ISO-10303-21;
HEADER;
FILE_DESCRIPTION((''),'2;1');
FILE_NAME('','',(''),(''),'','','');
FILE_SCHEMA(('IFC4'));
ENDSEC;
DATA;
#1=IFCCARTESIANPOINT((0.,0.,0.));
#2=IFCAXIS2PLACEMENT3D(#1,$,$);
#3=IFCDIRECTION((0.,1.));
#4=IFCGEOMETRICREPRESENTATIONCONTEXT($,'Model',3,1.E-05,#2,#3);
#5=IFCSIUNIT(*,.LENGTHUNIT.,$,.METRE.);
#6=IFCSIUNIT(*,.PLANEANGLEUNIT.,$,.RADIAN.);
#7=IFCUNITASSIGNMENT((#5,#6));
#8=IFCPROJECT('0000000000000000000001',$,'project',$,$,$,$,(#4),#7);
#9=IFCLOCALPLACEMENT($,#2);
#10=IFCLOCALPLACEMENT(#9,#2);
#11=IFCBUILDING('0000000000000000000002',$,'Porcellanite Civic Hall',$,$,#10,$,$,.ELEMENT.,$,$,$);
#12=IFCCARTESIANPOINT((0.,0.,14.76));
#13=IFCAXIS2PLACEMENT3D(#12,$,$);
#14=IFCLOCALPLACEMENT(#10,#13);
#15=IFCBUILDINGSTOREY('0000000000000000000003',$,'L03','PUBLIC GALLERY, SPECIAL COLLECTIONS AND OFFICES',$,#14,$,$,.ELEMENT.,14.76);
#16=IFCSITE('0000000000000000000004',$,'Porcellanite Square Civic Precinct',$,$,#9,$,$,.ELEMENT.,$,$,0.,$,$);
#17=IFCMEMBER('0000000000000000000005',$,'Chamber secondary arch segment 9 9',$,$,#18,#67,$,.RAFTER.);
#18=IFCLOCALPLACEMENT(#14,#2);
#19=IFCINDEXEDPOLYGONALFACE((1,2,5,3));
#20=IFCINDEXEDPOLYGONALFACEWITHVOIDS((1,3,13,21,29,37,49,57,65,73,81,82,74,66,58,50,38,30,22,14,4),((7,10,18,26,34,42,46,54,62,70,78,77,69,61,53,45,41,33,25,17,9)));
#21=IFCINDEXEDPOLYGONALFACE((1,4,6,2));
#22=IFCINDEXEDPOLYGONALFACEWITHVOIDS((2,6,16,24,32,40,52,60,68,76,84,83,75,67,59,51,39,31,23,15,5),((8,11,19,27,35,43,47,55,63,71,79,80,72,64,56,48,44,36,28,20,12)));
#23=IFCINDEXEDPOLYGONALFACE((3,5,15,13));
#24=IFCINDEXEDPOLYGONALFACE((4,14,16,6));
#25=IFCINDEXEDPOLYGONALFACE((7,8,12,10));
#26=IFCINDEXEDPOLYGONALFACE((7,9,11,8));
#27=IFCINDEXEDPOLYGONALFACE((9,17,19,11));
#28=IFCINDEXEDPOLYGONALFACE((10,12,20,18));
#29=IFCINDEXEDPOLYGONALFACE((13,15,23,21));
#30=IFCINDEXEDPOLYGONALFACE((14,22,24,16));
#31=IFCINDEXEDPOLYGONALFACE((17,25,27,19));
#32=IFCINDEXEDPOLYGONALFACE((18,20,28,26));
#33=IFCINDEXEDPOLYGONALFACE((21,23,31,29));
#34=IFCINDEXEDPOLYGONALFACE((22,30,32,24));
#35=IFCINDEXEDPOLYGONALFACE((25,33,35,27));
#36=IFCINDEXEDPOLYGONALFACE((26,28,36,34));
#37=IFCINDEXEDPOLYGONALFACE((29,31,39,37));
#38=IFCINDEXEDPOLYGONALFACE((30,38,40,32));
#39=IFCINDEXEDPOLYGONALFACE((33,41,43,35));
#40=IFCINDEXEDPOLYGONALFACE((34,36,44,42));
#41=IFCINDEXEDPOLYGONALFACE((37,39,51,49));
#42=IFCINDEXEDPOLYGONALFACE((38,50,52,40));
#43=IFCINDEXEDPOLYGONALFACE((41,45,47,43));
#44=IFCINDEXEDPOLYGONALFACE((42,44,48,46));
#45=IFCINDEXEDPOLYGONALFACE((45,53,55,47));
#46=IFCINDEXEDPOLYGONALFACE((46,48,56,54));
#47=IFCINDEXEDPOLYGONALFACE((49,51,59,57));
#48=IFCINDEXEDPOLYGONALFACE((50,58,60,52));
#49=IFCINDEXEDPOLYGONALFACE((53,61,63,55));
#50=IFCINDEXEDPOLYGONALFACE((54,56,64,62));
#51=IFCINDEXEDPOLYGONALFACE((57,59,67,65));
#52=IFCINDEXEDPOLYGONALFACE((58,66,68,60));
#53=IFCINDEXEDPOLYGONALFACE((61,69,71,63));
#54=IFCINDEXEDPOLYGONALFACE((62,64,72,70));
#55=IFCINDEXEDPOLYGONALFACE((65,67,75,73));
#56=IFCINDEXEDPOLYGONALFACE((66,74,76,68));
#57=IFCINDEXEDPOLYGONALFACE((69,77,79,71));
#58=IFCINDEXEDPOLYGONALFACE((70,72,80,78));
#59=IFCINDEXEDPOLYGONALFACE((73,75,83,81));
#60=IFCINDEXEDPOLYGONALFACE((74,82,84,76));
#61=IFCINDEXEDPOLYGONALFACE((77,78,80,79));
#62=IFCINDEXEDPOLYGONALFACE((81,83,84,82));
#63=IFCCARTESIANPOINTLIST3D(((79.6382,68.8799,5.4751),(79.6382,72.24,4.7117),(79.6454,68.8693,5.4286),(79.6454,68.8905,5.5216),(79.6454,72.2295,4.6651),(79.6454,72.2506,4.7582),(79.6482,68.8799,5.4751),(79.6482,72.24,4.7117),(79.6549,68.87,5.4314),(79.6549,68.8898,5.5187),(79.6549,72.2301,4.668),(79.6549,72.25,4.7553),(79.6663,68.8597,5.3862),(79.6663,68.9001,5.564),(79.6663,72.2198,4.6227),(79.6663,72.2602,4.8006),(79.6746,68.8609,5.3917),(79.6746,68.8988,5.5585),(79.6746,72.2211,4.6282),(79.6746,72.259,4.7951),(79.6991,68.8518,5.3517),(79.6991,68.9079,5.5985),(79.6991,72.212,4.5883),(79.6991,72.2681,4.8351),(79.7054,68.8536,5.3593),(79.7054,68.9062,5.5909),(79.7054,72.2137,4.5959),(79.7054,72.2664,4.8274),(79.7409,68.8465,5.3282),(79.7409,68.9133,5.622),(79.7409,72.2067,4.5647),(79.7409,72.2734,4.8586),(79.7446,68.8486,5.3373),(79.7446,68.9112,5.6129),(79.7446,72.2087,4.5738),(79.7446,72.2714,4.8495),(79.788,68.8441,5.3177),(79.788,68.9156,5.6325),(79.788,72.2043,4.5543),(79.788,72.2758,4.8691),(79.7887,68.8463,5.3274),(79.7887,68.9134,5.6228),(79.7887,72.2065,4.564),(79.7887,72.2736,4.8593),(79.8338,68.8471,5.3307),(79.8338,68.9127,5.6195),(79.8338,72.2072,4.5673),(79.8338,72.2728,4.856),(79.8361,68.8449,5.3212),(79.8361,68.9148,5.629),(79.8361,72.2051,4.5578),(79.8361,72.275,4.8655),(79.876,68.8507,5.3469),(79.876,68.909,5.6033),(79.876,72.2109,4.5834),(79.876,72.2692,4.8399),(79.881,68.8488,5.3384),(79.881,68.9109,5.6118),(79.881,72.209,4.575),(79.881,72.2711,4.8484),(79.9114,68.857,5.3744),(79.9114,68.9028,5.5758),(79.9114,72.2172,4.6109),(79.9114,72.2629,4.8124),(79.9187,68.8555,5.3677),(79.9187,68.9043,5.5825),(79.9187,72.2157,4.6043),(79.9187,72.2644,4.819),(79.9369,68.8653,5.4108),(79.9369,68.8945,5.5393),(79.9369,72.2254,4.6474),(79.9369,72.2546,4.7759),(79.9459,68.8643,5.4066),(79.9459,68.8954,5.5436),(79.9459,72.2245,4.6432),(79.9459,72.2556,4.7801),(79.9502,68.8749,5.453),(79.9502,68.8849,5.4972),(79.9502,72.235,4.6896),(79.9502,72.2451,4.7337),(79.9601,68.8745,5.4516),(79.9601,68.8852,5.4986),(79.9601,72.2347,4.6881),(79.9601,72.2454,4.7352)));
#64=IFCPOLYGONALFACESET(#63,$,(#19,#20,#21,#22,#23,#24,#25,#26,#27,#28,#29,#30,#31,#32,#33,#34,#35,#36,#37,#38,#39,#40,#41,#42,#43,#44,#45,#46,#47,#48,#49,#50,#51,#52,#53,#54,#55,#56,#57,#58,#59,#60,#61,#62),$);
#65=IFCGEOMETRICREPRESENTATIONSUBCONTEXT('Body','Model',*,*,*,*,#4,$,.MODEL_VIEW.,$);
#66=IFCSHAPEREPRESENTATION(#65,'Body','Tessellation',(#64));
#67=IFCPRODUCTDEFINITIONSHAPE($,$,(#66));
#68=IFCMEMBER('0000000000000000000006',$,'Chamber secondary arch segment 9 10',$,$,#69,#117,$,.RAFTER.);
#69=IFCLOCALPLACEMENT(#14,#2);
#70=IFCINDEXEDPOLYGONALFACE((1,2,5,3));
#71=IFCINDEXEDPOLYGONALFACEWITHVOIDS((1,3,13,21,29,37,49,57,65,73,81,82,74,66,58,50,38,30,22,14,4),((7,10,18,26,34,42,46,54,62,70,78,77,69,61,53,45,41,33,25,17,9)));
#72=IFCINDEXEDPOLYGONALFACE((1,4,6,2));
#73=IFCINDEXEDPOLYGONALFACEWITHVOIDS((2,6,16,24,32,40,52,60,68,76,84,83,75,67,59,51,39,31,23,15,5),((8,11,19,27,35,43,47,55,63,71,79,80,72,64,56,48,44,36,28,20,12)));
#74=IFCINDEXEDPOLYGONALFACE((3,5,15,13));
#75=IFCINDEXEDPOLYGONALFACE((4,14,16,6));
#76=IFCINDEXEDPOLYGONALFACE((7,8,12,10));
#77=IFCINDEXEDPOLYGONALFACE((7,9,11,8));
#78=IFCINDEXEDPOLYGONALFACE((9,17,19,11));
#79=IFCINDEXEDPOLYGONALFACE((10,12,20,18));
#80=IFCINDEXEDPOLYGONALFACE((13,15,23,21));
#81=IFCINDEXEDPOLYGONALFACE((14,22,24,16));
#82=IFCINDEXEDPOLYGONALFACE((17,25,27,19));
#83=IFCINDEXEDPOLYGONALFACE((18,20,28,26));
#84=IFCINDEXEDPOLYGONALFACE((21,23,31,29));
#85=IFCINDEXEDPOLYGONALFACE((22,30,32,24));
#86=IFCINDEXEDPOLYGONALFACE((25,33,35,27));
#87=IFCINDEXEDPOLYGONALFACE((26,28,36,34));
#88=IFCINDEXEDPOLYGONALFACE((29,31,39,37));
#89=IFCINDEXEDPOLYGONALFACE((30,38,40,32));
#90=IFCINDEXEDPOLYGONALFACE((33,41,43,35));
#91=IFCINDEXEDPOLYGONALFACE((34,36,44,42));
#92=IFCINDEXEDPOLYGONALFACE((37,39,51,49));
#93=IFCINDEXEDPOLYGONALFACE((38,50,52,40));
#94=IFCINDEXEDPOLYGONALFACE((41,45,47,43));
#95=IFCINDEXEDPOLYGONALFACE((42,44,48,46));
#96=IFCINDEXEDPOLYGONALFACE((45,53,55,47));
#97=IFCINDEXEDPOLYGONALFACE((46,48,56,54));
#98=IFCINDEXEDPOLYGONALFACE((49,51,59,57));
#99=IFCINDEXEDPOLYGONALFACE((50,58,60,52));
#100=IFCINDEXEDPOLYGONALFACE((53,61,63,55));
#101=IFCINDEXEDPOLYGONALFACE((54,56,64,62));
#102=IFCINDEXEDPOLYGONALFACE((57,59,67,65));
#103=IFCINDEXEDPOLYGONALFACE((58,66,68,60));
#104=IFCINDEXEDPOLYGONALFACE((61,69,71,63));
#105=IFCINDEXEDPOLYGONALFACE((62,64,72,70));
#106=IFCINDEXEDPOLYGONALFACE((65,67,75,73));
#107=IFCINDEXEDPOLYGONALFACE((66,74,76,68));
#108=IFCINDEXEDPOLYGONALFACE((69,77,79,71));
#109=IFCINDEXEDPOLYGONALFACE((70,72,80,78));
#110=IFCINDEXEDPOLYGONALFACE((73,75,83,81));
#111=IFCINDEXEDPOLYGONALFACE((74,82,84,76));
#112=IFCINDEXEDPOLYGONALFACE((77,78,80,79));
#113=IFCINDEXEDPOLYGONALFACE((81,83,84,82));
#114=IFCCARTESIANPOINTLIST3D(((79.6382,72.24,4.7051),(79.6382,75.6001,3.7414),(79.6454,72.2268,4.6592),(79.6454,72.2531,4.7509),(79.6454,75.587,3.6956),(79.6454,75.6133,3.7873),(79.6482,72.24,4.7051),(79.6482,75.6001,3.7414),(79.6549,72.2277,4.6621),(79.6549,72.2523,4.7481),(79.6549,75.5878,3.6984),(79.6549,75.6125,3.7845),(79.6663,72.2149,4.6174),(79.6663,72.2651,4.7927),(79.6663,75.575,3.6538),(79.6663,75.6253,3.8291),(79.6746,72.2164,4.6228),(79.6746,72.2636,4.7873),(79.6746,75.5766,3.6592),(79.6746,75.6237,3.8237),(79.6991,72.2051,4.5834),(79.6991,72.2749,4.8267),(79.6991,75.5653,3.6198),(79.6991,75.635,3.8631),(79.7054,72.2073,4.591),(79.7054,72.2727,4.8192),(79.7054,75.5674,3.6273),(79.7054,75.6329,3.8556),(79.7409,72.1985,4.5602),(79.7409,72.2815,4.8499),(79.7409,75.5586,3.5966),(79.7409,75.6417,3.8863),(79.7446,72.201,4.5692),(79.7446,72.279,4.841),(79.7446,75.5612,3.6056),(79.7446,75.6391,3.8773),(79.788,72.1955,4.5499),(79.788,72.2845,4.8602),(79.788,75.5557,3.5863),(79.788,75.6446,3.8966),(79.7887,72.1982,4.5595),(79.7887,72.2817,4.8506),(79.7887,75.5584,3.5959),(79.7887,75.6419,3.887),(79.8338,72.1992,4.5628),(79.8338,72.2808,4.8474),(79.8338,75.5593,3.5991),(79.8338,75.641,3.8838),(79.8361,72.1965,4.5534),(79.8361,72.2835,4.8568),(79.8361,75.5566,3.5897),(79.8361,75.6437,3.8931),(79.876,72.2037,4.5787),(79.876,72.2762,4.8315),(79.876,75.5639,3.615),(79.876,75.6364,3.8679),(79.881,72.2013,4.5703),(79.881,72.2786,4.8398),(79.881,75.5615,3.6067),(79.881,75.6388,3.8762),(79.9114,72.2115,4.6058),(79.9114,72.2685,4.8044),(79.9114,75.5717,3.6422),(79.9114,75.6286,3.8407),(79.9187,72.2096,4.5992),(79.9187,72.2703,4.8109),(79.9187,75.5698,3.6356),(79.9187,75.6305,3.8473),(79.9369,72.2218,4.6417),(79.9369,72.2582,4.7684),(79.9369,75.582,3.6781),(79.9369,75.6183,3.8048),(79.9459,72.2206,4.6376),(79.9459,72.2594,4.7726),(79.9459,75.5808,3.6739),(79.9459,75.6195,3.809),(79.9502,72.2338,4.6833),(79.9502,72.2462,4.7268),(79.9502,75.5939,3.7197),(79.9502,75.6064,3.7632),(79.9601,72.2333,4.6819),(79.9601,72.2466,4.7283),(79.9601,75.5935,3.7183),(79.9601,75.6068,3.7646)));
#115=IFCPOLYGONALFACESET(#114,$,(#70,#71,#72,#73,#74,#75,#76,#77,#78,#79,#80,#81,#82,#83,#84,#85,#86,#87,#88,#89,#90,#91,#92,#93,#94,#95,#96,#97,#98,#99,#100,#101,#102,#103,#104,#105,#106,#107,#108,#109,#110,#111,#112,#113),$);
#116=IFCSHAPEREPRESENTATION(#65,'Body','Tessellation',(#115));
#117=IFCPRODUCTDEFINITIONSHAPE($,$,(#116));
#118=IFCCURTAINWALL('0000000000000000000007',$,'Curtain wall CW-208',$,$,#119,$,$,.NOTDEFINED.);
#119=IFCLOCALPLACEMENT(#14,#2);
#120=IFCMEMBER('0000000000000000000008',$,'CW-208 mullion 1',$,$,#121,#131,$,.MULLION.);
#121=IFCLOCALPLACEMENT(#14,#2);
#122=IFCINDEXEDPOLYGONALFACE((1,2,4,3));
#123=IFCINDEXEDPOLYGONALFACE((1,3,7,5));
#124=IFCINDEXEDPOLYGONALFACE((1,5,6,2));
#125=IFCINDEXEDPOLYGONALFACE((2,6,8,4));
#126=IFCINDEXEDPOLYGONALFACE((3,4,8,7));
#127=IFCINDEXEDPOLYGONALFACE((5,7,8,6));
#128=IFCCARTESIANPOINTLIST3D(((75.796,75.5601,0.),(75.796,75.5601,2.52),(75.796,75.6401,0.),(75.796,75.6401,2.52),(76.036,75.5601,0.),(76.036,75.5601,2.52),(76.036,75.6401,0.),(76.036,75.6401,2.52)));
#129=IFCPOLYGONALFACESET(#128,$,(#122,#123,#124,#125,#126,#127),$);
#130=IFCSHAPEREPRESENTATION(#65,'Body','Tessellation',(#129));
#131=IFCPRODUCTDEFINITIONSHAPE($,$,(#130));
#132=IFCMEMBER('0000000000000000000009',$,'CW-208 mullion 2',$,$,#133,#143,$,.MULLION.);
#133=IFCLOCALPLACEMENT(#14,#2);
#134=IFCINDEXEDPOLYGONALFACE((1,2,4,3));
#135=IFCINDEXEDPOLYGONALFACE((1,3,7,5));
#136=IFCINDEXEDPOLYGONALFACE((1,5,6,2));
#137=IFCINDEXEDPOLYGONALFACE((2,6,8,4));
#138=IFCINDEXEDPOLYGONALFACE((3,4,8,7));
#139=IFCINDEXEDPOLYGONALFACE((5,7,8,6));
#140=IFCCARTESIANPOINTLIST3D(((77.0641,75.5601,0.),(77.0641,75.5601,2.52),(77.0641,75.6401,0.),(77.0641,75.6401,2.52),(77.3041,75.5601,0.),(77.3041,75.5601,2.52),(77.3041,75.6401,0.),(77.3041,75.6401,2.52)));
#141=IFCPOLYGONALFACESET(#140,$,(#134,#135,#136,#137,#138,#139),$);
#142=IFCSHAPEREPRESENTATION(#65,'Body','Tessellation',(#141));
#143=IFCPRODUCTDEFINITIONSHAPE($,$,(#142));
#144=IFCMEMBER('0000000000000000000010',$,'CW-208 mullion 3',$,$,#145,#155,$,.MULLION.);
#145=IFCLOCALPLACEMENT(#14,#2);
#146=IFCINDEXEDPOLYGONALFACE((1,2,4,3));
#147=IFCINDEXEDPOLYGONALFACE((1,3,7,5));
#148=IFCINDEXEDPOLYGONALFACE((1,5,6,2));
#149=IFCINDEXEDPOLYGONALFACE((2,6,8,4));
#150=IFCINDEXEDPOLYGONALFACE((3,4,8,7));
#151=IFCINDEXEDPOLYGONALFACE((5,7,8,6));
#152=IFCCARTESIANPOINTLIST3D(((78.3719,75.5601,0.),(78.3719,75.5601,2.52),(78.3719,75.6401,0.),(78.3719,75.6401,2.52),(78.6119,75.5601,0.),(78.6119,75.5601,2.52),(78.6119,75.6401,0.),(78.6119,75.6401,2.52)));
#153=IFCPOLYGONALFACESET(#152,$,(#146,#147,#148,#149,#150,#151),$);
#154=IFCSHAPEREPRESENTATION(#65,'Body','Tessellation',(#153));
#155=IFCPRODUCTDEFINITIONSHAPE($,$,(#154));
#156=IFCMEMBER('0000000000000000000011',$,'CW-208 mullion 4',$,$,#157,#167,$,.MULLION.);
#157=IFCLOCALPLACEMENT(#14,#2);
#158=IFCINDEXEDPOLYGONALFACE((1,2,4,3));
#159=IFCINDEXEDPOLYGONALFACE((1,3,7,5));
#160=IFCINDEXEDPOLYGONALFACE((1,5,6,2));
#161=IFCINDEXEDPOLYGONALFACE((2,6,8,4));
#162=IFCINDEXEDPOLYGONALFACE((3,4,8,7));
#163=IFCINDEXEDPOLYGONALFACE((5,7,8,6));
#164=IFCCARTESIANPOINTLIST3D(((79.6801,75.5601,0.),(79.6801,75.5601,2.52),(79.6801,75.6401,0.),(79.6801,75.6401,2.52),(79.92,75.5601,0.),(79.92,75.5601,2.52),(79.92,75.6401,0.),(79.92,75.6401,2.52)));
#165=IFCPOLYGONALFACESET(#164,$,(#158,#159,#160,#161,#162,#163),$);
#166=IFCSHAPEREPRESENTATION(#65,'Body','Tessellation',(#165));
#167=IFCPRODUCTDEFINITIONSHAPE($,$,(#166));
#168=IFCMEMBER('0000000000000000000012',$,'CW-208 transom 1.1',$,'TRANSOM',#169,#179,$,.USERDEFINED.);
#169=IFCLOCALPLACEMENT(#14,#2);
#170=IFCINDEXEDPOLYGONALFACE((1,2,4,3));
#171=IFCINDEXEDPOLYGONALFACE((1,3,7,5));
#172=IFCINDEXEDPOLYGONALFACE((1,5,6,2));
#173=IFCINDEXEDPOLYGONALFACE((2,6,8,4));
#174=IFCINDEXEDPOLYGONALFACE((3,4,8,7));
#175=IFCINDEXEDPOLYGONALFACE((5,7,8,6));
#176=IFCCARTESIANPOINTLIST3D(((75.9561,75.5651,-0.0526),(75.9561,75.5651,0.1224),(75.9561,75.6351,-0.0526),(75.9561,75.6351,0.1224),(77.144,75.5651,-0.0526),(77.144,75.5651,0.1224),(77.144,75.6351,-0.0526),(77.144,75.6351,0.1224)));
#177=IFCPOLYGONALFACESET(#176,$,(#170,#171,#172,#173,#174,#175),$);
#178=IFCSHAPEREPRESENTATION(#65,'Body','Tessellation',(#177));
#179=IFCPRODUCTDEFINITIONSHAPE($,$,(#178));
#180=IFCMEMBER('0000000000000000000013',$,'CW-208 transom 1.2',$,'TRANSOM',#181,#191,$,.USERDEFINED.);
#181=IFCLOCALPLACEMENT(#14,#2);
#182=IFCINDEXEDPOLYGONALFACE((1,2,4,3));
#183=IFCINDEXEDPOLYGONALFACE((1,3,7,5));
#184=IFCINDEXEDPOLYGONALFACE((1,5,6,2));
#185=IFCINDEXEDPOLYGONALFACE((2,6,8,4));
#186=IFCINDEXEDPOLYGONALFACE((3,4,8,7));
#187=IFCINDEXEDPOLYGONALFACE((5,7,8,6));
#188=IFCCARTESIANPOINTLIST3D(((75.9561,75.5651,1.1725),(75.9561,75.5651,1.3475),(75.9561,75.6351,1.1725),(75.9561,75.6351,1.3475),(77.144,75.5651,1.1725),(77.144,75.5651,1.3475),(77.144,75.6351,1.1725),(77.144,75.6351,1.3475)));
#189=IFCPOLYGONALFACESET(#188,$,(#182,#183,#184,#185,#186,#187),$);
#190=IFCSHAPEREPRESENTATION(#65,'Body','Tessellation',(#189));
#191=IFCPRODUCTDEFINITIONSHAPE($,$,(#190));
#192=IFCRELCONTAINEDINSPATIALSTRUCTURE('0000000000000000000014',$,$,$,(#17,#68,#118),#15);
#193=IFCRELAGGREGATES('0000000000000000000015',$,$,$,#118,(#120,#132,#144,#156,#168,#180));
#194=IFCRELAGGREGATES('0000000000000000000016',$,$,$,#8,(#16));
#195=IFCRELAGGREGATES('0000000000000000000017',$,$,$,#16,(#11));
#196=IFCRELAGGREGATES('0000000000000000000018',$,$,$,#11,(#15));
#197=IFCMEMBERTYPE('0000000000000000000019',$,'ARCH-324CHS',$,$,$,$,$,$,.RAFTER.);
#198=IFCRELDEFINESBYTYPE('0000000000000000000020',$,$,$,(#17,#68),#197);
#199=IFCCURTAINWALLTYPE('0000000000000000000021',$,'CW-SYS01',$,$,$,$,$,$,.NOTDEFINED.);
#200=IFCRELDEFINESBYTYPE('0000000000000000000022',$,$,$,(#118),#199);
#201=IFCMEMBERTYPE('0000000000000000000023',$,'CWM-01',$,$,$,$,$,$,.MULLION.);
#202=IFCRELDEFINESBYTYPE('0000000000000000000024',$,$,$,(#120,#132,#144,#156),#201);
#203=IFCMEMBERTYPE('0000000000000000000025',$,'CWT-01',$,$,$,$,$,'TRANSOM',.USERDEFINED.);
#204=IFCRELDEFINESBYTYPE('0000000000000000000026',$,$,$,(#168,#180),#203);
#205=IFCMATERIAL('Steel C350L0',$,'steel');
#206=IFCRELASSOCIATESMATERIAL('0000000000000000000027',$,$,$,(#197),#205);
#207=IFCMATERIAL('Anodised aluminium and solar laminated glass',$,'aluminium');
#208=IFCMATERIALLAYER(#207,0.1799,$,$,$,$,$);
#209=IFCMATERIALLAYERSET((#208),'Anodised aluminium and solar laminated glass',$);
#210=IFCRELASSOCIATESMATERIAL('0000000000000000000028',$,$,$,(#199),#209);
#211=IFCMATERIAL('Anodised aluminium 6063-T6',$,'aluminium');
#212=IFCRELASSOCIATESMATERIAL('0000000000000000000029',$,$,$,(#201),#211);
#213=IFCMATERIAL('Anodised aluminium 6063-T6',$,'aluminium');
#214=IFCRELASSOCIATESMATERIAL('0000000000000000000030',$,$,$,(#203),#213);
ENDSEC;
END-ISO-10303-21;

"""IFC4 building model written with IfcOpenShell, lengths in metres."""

from ifc_helpers import new_model, si_unit, direction, frame, origin, origin_2d, place, context, subcontext, project, spatial, rectangle, hollow_circle, extrude, material, layer, layer_set, material_profile, profile_set, type_object, element, aggregate, save


model = new_model("IFC4")

# Units and contexts
model_context = context("Model", 3, precision=1e-05, world=origin(), true_north=direction((0.0, 1.0)))
body_context = subcontext(model_context, "Body", "Model", "MODEL_VIEW")
ifc_project = project(units=[si_unit("LENGTHUNIT", "METRE"), si_unit("PLANEANGLEUNIT", "RADIAN")], contexts=[model_context])

# Site, building, storey
site_placement = place(None, origin())
site = spatial("IfcSite", under=ifc_project, at=site_placement, Name="Porcellanite Square Civic Precinct", CompositionType="ELEMENT", RefElevation=0.0)
building_placement = place(site_placement, origin())
building = spatial("IfcBuilding", under=site, at=building_placement, Name="Porcellanite Civic Hall", CompositionType="ELEMENT")
storey_placement = place(building_placement, frame((0.0, 0.0, 14.76)))
storey = spatial("IfcBuildingStorey", under=building, at=storey_placement, Name="L03", Description="PUBLIC GALLERY, SPECIAL COLLECTIONS AND OFFICES", CompositionType="ELEMENT", Elevation=14.76)

# Members
ifc_material_1 = material(Name="Steel C350L0", Category="steel")
ifc_material_profile_1 = material_profile(ifc_material_1, hollow_circle(Radius=0.1619, WallThickness=0.01, at=origin_2d()), Name="323.9x10.0CHS")
ifc_profile_set_1 = profile_set([ifc_material_profile_1], Name="Steel C350L0")
member_type_1 = type_object("IfcMemberType", Name="ARCH-324CHS", PredefinedType="RAFTER", material=ifc_profile_set_1)
member_1_placement = place(storey_placement, frame((79.8, 68.8799, 5.4751), z_axis=(0.0, 0.975147, -0.221557), x_axis=(-1.0, 0.0, 0.0)))
element("IfcMember", 1, at=member_1_placement, inside=storey, type_object=member_type_1, Name="Chamber secondary arch segment 9 9", PredefinedType="RAFTER", context=body_context, shape_type="SweptSolid", body=[
    extrude(hollow_circle(Radius=0.1619, WallThickness=0.01, at=origin_2d()), origin(), (0.0, 0.0, 1.0), 3.4458),
])
member_2_placement = place(storey_placement, frame((79.8, 72.24, 4.7051), z_axis=(0.0, 0.961252, -0.275671), x_axis=(-1.0, 0.0, 0.0)))
element("IfcMember", 2, at=member_2_placement, inside=storey, type_object=member_type_1, Name="Chamber secondary arch segment 9 10", PredefinedType="RAFTER", context=body_context, shape_type="SweptSolid", body=[
    extrude(hollow_circle(Radius=0.1619, WallThickness=0.01, at=origin_2d()), origin(), (0.0, 0.0, 1.0), 3.4956),
])

# Curtain wall, members
ifc_material_2 = material(Name="Anodised aluminium and solar laminated glass", Category="aluminium")
ifc_layer_1 = layer(ifc_material_2, 0.1799)
ifc_layer_set_1 = layer_set([ifc_layer_1], Name="Anodised aluminium and solar laminated glass")
curtain_wall_type = type_object("IfcCurtainWallType", Name="CW-SYS01", PredefinedType="NOTDEFINED", material=ifc_layer_set_1)
curtain_wall_placement = place(storey_placement, origin())
curtain_wall = element("IfcCurtainWall", 3, at=curtain_wall_placement, inside=storey, type_object=curtain_wall_type, Name="Curtain wall CW-208", PredefinedType="NOTDEFINED")
ifc_material_3 = material(Name="Anodised aluminium 6063-T6", Category="aluminium")
ifc_material_profile_2 = material_profile(ifc_material_3, rectangle(XDim=0.0801, YDim=0.24, at=origin_2d()), Name="AL-80x240")
ifc_profile_set_2 = profile_set([ifc_material_profile_2], Name="Anodised aluminium 6063-T6")
member_type_2 = type_object("IfcMemberType", Name="CWM-01", PredefinedType="MULLION", material=ifc_profile_set_2)
member_3_placement = place(storey_placement, frame((75.916, 75.6001, 0.0), z_axis=(0.0, 0.0, 1.0), x_axis=(0.0, 1.0, 0.0)))
member_3 = element("IfcMember", 4, at=member_3_placement, type_object=member_type_2, Name="CW-208 mullion 1", PredefinedType="MULLION", context=body_context, shape_type="SweptSolid", body=[
    extrude(rectangle(XDim=0.0801, YDim=0.24, at=origin_2d()), origin(), (0.0, 0.0, 1.0), 2.52),
])
member_4_placement = place(storey_placement, frame((77.1841, 75.6001, 0.0), z_axis=(0.0, 0.0, 1.0), x_axis=(0.0, 1.0, 0.0)))
member_4 = element("IfcMember", 5, at=member_4_placement, type_object=member_type_2, Name="CW-208 mullion 2", PredefinedType="MULLION", context=body_context, shape_type="SweptSolid", body=[
    extrude(rectangle(XDim=0.0801, YDim=0.24, at=origin_2d()), origin(), (0.0, 0.0, 1.0), 2.52),
])
member_5_placement = place(storey_placement, frame((78.4919, 75.6001, 0.0), z_axis=(0.0, 0.0, 1.0), x_axis=(0.0, 1.0, 0.0)))
member_5 = element("IfcMember", 6, at=member_5_placement, type_object=member_type_2, Name="CW-208 mullion 3", PredefinedType="MULLION", context=body_context, shape_type="SweptSolid", body=[
    extrude(rectangle(XDim=0.0801, YDim=0.24, at=origin_2d()), origin(), (0.0, 0.0, 1.0), 2.52),
])
member_6_placement = place(storey_placement, frame((79.8, 75.6001, 0.0), z_axis=(0.0, 0.0, 1.0), x_axis=(0.0, 1.0, 0.0)))
member_6 = element("IfcMember", 7, at=member_6_placement, type_object=member_type_2, Name="CW-208 mullion 4", PredefinedType="MULLION", context=body_context, shape_type="SweptSolid", body=[
    extrude(rectangle(XDim=0.0801, YDim=0.24, at=origin_2d()), origin(), (0.0, 0.0, 1.0), 2.52),
])
ifc_material_4 = material(Name="Anodised aluminium 6063-T6", Category="aluminium")
ifc_material_profile_3 = material_profile(ifc_material_4, rectangle(XDim=0.0701, YDim=0.175, at=origin_2d()), Name="AL-70x175")
ifc_profile_set_3 = profile_set([ifc_material_profile_3], Name="Anodised aluminium 6063-T6")
member_type_3 = type_object("IfcMemberType", Name="CWT-01", ElementType="TRANSOM", PredefinedType="USERDEFINED", material=ifc_profile_set_3)
member_7_placement = place(storey_placement, frame((75.9561, 75.6001, 0.0349), z_axis=(1.0, 0.0, 0.0), x_axis=(0.0, 1.0, 0.0)))
member_7 = element("IfcMember", 8, at=member_7_placement, type_object=member_type_3, Name="CW-208 transom 1.1", ObjectType="TRANSOM", PredefinedType="USERDEFINED", context=body_context, shape_type="SweptSolid", body=[
    extrude(rectangle(XDim=0.0701, YDim=0.175, at=origin_2d()), origin(), (0.0, 0.0, 1.0), 1.188),
])
member_8_placement = place(storey_placement, frame((75.9561, 75.6001, 1.26), z_axis=(1.0, 0.0, 0.0), x_axis=(0.0, 1.0, 0.0)))
member_8 = element("IfcMember", 9, at=member_8_placement, type_object=member_type_3, Name="CW-208 transom 1.2", ObjectType="TRANSOM", PredefinedType="USERDEFINED", context=body_context, shape_type="SweptSolid", body=[
    extrude(rectangle(XDim=0.0701, YDim=0.175, at=origin_2d()), origin(), (0.0, 0.0, 1.0), 1.188),
])
aggregate(curtain_wall, [member_3, member_4, member_5, member_6, member_7, member_8])

save(model, "model.ifc")
